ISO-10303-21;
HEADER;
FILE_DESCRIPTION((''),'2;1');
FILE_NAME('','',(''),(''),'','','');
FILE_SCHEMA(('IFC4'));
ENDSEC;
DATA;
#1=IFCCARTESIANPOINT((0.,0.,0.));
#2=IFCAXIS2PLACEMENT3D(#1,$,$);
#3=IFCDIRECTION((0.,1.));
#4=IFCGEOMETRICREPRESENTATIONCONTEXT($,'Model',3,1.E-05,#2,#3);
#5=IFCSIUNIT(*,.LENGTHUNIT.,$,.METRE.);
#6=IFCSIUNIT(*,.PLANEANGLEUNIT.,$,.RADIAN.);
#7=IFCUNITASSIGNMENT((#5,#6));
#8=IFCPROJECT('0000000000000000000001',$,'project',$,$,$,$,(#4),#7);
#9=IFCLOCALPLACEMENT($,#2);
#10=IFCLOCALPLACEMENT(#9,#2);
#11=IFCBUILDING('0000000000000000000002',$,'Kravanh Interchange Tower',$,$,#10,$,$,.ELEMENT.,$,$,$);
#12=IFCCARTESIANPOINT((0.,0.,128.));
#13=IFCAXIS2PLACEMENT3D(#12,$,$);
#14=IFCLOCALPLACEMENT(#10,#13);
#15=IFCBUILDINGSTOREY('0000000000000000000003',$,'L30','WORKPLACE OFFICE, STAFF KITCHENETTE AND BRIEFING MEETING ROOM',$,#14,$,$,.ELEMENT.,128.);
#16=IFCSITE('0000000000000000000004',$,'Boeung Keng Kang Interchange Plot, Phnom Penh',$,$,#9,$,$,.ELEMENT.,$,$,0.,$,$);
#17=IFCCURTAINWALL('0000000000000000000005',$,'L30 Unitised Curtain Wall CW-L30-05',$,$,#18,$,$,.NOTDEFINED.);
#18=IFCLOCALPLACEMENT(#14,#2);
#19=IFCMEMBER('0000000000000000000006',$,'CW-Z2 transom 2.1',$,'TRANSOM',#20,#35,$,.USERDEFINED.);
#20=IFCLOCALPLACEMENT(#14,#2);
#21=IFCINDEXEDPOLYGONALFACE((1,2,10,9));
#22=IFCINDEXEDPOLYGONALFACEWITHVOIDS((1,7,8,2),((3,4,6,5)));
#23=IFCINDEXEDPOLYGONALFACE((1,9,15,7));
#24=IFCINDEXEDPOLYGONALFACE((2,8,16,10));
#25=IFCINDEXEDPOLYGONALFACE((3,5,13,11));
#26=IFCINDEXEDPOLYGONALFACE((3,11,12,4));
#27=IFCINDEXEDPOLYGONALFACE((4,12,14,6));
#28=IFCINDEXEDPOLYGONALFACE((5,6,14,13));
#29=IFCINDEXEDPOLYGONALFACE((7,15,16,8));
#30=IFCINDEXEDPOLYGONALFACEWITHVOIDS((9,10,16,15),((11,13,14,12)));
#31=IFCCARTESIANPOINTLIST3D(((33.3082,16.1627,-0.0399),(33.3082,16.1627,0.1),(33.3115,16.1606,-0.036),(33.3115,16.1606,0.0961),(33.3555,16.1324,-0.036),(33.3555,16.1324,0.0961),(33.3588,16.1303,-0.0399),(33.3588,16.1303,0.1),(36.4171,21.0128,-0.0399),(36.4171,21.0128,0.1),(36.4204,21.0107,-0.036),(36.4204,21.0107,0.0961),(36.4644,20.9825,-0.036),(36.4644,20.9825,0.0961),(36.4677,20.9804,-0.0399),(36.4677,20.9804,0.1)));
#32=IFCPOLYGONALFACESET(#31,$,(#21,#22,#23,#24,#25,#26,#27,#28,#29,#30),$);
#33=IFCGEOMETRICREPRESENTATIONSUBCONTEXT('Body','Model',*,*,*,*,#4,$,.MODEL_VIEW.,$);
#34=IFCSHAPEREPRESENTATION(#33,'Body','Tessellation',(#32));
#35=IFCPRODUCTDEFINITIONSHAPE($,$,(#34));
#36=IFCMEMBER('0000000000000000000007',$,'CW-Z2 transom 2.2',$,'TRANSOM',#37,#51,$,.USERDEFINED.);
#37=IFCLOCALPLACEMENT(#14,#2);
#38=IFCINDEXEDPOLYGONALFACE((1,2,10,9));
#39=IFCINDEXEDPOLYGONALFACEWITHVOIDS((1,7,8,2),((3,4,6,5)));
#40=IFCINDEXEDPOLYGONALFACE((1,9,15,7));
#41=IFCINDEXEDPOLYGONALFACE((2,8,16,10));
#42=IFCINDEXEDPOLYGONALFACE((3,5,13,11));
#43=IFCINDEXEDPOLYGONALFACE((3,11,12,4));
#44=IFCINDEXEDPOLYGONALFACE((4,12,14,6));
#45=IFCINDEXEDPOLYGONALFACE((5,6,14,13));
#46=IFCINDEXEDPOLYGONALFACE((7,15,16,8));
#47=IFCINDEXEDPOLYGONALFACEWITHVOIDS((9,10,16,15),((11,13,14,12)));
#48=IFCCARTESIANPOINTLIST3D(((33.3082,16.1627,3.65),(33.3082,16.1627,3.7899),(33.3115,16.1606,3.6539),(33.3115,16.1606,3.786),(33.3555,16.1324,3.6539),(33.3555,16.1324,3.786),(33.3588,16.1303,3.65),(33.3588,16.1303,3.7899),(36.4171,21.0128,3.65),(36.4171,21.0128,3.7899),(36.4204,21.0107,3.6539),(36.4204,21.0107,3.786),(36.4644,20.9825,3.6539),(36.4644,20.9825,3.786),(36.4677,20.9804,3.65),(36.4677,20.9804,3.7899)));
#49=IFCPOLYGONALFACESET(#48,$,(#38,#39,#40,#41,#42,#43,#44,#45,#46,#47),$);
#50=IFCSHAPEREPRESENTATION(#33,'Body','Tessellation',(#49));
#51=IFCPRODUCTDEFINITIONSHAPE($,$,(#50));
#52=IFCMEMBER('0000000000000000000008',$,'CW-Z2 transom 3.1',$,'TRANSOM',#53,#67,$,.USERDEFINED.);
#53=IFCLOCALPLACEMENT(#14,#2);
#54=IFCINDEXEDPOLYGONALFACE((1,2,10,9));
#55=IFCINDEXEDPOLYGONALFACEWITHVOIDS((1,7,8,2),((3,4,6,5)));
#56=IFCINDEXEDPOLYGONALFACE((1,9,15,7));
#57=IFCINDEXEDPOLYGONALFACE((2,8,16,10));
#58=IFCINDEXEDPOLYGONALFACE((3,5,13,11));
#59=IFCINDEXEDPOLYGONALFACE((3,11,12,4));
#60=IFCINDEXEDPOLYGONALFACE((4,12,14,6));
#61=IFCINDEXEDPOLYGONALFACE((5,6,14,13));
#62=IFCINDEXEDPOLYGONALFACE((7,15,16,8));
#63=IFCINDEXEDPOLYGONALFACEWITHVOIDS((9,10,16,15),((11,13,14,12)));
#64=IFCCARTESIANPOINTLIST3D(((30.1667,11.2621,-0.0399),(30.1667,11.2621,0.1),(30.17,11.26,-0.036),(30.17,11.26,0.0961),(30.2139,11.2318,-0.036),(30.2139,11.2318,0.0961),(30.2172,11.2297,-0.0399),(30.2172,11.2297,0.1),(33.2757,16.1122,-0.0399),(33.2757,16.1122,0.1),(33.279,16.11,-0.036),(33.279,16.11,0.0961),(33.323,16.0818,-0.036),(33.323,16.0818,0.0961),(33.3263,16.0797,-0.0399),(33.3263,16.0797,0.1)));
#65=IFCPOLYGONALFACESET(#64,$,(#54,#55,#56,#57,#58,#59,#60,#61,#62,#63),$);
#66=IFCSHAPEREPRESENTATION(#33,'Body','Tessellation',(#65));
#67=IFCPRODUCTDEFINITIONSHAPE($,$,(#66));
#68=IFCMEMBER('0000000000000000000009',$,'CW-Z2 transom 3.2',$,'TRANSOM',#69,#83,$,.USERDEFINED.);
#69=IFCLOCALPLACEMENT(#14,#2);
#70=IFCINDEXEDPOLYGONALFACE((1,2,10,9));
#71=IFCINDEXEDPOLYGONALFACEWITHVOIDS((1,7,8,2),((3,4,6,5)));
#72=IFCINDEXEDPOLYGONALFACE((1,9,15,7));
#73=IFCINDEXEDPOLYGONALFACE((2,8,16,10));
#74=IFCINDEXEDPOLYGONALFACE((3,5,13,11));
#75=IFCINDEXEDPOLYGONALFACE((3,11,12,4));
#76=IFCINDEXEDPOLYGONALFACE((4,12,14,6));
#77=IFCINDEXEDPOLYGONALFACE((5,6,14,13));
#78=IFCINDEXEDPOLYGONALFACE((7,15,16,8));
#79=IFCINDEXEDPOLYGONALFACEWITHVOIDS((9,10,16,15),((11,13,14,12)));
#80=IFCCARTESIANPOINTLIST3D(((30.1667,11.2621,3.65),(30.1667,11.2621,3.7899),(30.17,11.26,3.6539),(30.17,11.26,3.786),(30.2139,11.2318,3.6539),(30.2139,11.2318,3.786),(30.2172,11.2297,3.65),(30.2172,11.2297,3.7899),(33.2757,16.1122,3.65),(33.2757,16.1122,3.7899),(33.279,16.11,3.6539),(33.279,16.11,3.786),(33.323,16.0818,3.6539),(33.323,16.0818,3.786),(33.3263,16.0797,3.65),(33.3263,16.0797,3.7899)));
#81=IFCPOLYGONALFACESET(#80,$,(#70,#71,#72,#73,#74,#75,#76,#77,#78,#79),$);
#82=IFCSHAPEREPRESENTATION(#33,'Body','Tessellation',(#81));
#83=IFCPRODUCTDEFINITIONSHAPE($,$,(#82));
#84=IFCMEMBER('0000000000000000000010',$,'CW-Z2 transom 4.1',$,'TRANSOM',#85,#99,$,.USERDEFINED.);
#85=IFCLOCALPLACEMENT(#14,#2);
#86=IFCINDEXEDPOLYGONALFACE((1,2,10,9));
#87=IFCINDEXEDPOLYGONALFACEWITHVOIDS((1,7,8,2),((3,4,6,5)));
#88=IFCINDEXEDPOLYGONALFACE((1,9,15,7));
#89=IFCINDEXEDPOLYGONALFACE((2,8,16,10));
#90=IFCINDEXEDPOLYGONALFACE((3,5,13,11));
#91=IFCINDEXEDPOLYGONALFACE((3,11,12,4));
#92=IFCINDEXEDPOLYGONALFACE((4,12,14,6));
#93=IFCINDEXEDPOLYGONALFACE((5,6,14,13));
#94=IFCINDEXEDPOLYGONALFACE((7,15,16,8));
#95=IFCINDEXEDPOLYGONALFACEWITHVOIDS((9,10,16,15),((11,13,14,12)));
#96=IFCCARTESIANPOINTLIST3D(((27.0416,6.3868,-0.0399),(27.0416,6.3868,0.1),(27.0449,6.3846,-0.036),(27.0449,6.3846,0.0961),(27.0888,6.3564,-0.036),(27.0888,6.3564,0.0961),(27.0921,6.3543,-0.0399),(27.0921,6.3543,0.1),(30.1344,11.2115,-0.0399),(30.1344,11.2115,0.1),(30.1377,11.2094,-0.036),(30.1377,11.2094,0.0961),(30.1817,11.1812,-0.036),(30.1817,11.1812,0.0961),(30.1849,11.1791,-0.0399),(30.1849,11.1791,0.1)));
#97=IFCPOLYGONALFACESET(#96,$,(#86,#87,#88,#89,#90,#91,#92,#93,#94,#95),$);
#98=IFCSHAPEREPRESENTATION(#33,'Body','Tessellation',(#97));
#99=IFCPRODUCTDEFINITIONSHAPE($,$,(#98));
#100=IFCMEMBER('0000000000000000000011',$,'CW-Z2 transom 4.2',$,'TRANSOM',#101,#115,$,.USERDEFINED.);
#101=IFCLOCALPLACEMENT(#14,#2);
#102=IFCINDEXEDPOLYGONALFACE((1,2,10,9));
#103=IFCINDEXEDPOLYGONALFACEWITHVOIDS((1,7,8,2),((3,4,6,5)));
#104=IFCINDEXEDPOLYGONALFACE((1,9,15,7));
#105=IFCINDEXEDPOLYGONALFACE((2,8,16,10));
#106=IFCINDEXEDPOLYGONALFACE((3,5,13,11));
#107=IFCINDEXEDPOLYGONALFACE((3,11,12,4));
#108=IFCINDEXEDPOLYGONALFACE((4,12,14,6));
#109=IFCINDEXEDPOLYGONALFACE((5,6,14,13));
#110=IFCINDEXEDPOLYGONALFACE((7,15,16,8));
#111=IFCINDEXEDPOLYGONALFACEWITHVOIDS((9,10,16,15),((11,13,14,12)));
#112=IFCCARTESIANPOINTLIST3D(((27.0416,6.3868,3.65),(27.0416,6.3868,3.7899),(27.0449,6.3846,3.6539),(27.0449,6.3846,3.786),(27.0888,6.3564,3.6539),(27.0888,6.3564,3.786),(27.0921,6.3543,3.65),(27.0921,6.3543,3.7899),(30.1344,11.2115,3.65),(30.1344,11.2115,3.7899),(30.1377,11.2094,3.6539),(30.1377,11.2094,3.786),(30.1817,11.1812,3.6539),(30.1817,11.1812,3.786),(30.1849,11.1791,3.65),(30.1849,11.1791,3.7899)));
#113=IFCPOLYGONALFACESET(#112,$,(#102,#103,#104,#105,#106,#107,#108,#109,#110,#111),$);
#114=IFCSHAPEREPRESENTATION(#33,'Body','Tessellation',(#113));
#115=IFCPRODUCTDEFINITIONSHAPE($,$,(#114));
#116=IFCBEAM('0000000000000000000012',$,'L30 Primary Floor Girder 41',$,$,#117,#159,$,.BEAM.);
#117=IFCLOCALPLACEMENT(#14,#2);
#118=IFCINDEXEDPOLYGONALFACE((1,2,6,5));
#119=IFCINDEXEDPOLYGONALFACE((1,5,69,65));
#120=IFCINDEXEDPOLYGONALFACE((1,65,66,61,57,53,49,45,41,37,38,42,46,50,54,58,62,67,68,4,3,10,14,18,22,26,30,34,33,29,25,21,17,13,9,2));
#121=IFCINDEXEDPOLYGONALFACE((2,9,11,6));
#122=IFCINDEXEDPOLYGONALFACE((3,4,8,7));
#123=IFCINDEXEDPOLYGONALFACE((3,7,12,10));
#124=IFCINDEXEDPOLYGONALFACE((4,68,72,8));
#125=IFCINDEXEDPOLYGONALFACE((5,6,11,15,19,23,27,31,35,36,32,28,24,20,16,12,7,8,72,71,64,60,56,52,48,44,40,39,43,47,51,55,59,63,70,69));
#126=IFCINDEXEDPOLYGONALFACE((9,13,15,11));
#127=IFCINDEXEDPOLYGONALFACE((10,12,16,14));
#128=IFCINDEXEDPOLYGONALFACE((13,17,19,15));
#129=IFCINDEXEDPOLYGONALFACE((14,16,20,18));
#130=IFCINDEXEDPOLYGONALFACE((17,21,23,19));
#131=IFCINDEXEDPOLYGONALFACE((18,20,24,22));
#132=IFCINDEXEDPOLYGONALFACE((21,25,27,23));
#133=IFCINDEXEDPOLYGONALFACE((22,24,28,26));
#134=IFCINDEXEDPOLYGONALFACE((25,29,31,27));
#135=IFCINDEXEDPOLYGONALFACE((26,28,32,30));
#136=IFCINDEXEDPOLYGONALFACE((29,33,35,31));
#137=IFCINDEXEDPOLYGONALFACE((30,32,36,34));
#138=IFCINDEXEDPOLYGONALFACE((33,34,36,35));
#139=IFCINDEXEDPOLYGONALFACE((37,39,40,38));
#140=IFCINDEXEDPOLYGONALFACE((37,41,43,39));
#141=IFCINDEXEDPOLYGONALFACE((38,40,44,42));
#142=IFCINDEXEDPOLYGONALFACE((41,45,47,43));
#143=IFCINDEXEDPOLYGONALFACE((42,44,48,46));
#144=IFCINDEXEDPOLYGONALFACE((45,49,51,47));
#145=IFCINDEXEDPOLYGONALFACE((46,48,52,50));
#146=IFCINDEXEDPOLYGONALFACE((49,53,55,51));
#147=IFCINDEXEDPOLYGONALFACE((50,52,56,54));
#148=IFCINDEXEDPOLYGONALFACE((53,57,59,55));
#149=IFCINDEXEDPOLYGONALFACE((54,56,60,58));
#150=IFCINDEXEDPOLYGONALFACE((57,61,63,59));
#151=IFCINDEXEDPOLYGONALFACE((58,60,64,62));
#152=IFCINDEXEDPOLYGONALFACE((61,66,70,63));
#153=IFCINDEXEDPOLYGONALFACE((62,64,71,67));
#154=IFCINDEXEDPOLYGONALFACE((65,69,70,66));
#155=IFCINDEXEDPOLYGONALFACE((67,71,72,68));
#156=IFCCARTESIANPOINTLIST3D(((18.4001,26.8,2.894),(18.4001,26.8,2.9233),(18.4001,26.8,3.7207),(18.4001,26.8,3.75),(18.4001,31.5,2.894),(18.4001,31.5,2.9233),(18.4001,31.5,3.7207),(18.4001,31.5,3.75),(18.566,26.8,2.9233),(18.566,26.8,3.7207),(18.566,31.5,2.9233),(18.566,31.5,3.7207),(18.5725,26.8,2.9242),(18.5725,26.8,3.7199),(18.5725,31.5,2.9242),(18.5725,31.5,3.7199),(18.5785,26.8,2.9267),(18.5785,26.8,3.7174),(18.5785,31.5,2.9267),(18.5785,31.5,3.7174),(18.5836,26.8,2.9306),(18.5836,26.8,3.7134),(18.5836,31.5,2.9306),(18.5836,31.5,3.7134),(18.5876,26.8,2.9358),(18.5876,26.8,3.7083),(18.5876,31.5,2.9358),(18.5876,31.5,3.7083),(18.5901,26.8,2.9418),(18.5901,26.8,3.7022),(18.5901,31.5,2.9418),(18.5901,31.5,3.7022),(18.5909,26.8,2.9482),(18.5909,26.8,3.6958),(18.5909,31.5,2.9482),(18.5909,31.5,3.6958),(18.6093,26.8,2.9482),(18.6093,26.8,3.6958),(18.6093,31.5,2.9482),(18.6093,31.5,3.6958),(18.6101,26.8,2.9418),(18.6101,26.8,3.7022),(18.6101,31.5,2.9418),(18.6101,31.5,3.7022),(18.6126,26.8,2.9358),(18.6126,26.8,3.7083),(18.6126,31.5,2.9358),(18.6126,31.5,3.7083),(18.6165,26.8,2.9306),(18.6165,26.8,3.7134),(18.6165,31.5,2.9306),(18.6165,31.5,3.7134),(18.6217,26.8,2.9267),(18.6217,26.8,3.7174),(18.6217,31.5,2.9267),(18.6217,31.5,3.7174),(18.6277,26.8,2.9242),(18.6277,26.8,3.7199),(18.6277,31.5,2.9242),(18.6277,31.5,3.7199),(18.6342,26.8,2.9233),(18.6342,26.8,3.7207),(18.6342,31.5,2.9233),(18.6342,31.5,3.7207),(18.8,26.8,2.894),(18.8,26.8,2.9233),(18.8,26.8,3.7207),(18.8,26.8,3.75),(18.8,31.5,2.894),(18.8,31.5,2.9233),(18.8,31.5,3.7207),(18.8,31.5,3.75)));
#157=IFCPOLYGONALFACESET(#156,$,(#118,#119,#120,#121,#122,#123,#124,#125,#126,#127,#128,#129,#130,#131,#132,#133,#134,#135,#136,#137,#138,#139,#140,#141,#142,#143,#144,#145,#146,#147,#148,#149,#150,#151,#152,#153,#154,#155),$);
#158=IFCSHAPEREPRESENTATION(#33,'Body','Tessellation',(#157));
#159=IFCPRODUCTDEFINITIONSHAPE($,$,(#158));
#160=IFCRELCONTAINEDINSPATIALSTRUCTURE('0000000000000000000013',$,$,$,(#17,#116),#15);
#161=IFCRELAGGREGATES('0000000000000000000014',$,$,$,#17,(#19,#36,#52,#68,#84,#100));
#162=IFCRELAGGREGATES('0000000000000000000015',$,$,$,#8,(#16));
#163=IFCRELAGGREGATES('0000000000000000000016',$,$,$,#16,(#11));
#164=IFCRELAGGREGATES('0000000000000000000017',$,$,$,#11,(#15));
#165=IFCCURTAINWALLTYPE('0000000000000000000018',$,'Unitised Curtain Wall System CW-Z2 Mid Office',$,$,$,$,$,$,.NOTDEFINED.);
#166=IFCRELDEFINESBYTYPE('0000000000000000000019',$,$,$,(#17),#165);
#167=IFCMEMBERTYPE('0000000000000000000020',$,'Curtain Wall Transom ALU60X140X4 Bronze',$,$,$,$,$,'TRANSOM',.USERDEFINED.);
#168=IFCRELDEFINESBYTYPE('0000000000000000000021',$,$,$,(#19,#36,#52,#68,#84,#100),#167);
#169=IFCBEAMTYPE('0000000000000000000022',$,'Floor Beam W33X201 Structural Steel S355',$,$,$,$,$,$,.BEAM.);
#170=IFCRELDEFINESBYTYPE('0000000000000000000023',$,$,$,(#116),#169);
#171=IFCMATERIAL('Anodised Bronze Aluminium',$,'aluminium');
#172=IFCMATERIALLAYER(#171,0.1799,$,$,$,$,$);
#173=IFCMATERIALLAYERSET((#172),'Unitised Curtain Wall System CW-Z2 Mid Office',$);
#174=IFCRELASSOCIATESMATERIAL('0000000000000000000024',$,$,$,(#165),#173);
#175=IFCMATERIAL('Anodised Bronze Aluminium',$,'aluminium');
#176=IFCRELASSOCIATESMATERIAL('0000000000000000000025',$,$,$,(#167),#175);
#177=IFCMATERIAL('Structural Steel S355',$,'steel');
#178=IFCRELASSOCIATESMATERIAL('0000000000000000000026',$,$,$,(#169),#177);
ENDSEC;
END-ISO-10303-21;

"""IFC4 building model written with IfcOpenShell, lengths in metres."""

from ifc_helpers import new_model, si_unit, direction, frame, origin, origin_2d, place, context, subcontext, project, spatial, hollow_rectangle, i_section, extrude, material, layer, layer_set, material_profile, profile_set, type_object, element, aggregate, save


model = new_model("IFC4")

# Units and contexts
model_context = context("Model", 3, precision=1e-05, world=origin(), true_north=direction((0.0, 1.0)))
body_context = subcontext(model_context, "Body", "Model", "MODEL_VIEW")
ifc_project = project(units=[si_unit("LENGTHUNIT", "METRE"), si_unit("PLANEANGLEUNIT", "RADIAN")], contexts=[model_context])

# Site, building, storey
site_placement = place(None, origin())
site = spatial("IfcSite", under=ifc_project, at=site_placement, Name="Boeung Keng Kang Interchange Plot, Phnom Penh", CompositionType="ELEMENT", RefElevation=0.0)
building_placement = place(site_placement, origin())
building = spatial("IfcBuilding", under=site, at=building_placement, Name="Kravanh Interchange Tower", CompositionType="ELEMENT")
storey_placement = place(building_placement, frame((0.0, 0.0, 128.0)))
storey = spatial("IfcBuildingStorey", under=building, at=storey_placement, Name="L30", Description="WORKPLACE OFFICE, STAFF KITCHENETTE AND BRIEFING MEETING ROOM", CompositionType="ELEMENT", Elevation=128.0)

# Curtain wall, members
ifc_material_1 = material(Name="Anodised Bronze Aluminium", Category="aluminium")
ifc_layer_1 = layer(ifc_material_1, 0.1799)
ifc_layer_set_1 = layer_set([ifc_layer_1], Name="Unitised Curtain Wall System CW-Z2 Mid Office")
curtain_wall_type = type_object("IfcCurtainWallType", Name="Unitised Curtain Wall System CW-Z2 Mid Office", PredefinedType="NOTDEFINED", material=ifc_layer_set_1)
curtain_wall_placement = place(storey_placement, origin())
curtain_wall = element("IfcCurtainWall", 1, at=curtain_wall_placement, inside=storey, type_object=curtain_wall_type, Name="L30 Unitised Curtain Wall CW-L30-05", PredefinedType="NOTDEFINED")
ifc_material_2 = material(Name="Anodised Bronze Aluminium", Category="aluminium")
ifc_material_profile_1 = material_profile(ifc_material_2, hollow_rectangle(XDim=0.0601, YDim=0.1399, WallThickness=0.0039, at=origin_2d()), Name="ALU60X140X4")
ifc_profile_set_1 = profile_set([ifc_material_profile_1], Name="Anodised Bronze Aluminium")
member_type_1 = type_object("IfcMemberType", Name="Curtain Wall Transom ALU60X140X4 Bronze", ElementType="TRANSOM", PredefinedType="USERDEFINED", material=ifc_profile_set_1)
member_1_placement = place(storey_placement, frame((36.4424, 20.9966, 0.03), z_axis=(-0.539648, -0.841891, 0.0), x_axis=(0.841891, -0.539648, 0.0)))
member_1 = element("IfcMember", 2, at=member_1_placement, type_object=member_type_1, Name="CW-Z2 transom 2.1", ObjectType="TRANSOM", PredefinedType="USERDEFINED", context=body_context, shape_type="SweptSolid", body=[
    extrude(hollow_rectangle(XDim=0.0601, YDim=0.1399, WallThickness=0.0039, at=origin_2d()), origin(), (0.0, 0.0, 1.0), 5.761),
])
member_2_placement = place(storey_placement, frame((36.4424, 20.9966, 3.72), z_axis=(-0.539648, -0.841891, 0.0), x_axis=(0.841891, -0.539648, 0.0)))
member_2 = element("IfcMember", 3, at=member_2_placement, type_object=member_type_1, Name="CW-Z2 transom 2.2", ObjectType="TRANSOM", PredefinedType="USERDEFINED", context=body_context, shape_type="SweptSolid", body=[
    extrude(hollow_rectangle(XDim=0.0601, YDim=0.1399, WallThickness=0.0039, at=origin_2d()), origin(), (0.0, 0.0, 1.0), 5.761),
])
member_3_placement = place(storey_placement, frame((33.301, 16.0959, 0.03), z_axis=(-0.539678, -0.841872, 0.0), x_axis=(0.841872, -0.539678, 0.0)))
member_3 = element("IfcMember", 4, at=member_3_placement, type_object=member_type_1, Name="CW-Z2 transom 3.1", ObjectType="TRANSOM", PredefinedType="USERDEFINED", context=body_context, shape_type="SweptSolid", body=[
    extrude(hollow_rectangle(XDim=0.0601, YDim=0.1399, WallThickness=0.0039, at=origin_2d()), origin(), (0.0, 0.0, 1.0), 5.761),
])
member_4_placement = place(storey_placement, frame((33.301, 16.0959, 3.72), z_axis=(-0.539678, -0.841872, 0.0), x_axis=(0.841872, -0.539678, 0.0)))
member_4 = element("IfcMember", 5, at=member_4_placement, type_object=member_type_1, Name="CW-Z2 transom 3.2", ObjectType="TRANSOM", PredefinedType="USERDEFINED", context=body_context, shape_type="SweptSolid", body=[
    extrude(hollow_rectangle(XDim=0.0601, YDim=0.1399, WallThickness=0.0039, at=origin_2d()), origin(), (0.0, 0.0, 1.0), 5.761),
])
member_5_placement = place(storey_placement, frame((30.1597, 11.1953, 0.03), z_axis=(-0.539668, -0.841878, 0.0), x_axis=(0.841878, -0.539668, 0.0)))
member_5 = element("IfcMember", 6, at=member_5_placement, type_object=member_type_1, Name="CW-Z2 transom 4.1", ObjectType="TRANSOM", PredefinedType="USERDEFINED", context=body_context, shape_type="SweptSolid", body=[
    extrude(hollow_rectangle(XDim=0.0601, YDim=0.1399, WallThickness=0.0039, at=origin_2d()), origin(), (0.0, 0.0, 1.0), 5.731),
])
member_6_placement = place(storey_placement, frame((30.1597, 11.1953, 3.72), z_axis=(-0.539668, -0.841878, 0.0), x_axis=(0.841878, -0.539668, 0.0)))
member_6 = element("IfcMember", 7, at=member_6_placement, type_object=member_type_1, Name="CW-Z2 transom 4.2", ObjectType="TRANSOM", PredefinedType="USERDEFINED", context=body_context, shape_type="SweptSolid", body=[
    extrude(hollow_rectangle(XDim=0.0601, YDim=0.1399, WallThickness=0.0039, at=origin_2d()), origin(), (0.0, 0.0, 1.0), 5.731),
])

# Beam
ifc_material_3 = material(Name="Structural Steel S355", Category="steel")
ifc_material_profile_2 = material_profile(ifc_material_3, i_section(OverallWidth=0.3999, OverallDepth=0.856, WebThickness=0.0183, FlangeThickness=0.0293, FilletRadius=0.0249, at=origin_2d()), Name="W33X201")
ifc_profile_set_2 = profile_set([ifc_material_profile_2], Name="Structural Steel S355")
beam_type_1 = type_object("IfcBeamType", Name="Floor Beam W33X201 Structural Steel S355", PredefinedType="BEAM", material=ifc_profile_set_2)
beam_1_placement = place(storey_placement, frame((18.6001, 26.8, 3.322), z_axis=(0.0, 1.0, 0.0), x_axis=(-1.0, 0.0, 0.0)))
element("IfcBeam", 8, at=beam_1_placement, inside=storey, type_object=beam_type_1, Name="L30 Primary Floor Girder 41", PredefinedType="BEAM", context=body_context, shape_type="SweptSolid", body=[
    extrude(i_section(OverallWidth=0.3999, OverallDepth=0.856, WebThickness=0.0183, FlangeThickness=0.0293, FilletRadius=0.0249, at=origin_2d()), origin(), (0.0, 0.0, 1.0), 4.7),
])

aggregate(curtain_wall, [member_1, member_2, member_3, member_4, member_5, member_6])

save(model, "model.ifc")
